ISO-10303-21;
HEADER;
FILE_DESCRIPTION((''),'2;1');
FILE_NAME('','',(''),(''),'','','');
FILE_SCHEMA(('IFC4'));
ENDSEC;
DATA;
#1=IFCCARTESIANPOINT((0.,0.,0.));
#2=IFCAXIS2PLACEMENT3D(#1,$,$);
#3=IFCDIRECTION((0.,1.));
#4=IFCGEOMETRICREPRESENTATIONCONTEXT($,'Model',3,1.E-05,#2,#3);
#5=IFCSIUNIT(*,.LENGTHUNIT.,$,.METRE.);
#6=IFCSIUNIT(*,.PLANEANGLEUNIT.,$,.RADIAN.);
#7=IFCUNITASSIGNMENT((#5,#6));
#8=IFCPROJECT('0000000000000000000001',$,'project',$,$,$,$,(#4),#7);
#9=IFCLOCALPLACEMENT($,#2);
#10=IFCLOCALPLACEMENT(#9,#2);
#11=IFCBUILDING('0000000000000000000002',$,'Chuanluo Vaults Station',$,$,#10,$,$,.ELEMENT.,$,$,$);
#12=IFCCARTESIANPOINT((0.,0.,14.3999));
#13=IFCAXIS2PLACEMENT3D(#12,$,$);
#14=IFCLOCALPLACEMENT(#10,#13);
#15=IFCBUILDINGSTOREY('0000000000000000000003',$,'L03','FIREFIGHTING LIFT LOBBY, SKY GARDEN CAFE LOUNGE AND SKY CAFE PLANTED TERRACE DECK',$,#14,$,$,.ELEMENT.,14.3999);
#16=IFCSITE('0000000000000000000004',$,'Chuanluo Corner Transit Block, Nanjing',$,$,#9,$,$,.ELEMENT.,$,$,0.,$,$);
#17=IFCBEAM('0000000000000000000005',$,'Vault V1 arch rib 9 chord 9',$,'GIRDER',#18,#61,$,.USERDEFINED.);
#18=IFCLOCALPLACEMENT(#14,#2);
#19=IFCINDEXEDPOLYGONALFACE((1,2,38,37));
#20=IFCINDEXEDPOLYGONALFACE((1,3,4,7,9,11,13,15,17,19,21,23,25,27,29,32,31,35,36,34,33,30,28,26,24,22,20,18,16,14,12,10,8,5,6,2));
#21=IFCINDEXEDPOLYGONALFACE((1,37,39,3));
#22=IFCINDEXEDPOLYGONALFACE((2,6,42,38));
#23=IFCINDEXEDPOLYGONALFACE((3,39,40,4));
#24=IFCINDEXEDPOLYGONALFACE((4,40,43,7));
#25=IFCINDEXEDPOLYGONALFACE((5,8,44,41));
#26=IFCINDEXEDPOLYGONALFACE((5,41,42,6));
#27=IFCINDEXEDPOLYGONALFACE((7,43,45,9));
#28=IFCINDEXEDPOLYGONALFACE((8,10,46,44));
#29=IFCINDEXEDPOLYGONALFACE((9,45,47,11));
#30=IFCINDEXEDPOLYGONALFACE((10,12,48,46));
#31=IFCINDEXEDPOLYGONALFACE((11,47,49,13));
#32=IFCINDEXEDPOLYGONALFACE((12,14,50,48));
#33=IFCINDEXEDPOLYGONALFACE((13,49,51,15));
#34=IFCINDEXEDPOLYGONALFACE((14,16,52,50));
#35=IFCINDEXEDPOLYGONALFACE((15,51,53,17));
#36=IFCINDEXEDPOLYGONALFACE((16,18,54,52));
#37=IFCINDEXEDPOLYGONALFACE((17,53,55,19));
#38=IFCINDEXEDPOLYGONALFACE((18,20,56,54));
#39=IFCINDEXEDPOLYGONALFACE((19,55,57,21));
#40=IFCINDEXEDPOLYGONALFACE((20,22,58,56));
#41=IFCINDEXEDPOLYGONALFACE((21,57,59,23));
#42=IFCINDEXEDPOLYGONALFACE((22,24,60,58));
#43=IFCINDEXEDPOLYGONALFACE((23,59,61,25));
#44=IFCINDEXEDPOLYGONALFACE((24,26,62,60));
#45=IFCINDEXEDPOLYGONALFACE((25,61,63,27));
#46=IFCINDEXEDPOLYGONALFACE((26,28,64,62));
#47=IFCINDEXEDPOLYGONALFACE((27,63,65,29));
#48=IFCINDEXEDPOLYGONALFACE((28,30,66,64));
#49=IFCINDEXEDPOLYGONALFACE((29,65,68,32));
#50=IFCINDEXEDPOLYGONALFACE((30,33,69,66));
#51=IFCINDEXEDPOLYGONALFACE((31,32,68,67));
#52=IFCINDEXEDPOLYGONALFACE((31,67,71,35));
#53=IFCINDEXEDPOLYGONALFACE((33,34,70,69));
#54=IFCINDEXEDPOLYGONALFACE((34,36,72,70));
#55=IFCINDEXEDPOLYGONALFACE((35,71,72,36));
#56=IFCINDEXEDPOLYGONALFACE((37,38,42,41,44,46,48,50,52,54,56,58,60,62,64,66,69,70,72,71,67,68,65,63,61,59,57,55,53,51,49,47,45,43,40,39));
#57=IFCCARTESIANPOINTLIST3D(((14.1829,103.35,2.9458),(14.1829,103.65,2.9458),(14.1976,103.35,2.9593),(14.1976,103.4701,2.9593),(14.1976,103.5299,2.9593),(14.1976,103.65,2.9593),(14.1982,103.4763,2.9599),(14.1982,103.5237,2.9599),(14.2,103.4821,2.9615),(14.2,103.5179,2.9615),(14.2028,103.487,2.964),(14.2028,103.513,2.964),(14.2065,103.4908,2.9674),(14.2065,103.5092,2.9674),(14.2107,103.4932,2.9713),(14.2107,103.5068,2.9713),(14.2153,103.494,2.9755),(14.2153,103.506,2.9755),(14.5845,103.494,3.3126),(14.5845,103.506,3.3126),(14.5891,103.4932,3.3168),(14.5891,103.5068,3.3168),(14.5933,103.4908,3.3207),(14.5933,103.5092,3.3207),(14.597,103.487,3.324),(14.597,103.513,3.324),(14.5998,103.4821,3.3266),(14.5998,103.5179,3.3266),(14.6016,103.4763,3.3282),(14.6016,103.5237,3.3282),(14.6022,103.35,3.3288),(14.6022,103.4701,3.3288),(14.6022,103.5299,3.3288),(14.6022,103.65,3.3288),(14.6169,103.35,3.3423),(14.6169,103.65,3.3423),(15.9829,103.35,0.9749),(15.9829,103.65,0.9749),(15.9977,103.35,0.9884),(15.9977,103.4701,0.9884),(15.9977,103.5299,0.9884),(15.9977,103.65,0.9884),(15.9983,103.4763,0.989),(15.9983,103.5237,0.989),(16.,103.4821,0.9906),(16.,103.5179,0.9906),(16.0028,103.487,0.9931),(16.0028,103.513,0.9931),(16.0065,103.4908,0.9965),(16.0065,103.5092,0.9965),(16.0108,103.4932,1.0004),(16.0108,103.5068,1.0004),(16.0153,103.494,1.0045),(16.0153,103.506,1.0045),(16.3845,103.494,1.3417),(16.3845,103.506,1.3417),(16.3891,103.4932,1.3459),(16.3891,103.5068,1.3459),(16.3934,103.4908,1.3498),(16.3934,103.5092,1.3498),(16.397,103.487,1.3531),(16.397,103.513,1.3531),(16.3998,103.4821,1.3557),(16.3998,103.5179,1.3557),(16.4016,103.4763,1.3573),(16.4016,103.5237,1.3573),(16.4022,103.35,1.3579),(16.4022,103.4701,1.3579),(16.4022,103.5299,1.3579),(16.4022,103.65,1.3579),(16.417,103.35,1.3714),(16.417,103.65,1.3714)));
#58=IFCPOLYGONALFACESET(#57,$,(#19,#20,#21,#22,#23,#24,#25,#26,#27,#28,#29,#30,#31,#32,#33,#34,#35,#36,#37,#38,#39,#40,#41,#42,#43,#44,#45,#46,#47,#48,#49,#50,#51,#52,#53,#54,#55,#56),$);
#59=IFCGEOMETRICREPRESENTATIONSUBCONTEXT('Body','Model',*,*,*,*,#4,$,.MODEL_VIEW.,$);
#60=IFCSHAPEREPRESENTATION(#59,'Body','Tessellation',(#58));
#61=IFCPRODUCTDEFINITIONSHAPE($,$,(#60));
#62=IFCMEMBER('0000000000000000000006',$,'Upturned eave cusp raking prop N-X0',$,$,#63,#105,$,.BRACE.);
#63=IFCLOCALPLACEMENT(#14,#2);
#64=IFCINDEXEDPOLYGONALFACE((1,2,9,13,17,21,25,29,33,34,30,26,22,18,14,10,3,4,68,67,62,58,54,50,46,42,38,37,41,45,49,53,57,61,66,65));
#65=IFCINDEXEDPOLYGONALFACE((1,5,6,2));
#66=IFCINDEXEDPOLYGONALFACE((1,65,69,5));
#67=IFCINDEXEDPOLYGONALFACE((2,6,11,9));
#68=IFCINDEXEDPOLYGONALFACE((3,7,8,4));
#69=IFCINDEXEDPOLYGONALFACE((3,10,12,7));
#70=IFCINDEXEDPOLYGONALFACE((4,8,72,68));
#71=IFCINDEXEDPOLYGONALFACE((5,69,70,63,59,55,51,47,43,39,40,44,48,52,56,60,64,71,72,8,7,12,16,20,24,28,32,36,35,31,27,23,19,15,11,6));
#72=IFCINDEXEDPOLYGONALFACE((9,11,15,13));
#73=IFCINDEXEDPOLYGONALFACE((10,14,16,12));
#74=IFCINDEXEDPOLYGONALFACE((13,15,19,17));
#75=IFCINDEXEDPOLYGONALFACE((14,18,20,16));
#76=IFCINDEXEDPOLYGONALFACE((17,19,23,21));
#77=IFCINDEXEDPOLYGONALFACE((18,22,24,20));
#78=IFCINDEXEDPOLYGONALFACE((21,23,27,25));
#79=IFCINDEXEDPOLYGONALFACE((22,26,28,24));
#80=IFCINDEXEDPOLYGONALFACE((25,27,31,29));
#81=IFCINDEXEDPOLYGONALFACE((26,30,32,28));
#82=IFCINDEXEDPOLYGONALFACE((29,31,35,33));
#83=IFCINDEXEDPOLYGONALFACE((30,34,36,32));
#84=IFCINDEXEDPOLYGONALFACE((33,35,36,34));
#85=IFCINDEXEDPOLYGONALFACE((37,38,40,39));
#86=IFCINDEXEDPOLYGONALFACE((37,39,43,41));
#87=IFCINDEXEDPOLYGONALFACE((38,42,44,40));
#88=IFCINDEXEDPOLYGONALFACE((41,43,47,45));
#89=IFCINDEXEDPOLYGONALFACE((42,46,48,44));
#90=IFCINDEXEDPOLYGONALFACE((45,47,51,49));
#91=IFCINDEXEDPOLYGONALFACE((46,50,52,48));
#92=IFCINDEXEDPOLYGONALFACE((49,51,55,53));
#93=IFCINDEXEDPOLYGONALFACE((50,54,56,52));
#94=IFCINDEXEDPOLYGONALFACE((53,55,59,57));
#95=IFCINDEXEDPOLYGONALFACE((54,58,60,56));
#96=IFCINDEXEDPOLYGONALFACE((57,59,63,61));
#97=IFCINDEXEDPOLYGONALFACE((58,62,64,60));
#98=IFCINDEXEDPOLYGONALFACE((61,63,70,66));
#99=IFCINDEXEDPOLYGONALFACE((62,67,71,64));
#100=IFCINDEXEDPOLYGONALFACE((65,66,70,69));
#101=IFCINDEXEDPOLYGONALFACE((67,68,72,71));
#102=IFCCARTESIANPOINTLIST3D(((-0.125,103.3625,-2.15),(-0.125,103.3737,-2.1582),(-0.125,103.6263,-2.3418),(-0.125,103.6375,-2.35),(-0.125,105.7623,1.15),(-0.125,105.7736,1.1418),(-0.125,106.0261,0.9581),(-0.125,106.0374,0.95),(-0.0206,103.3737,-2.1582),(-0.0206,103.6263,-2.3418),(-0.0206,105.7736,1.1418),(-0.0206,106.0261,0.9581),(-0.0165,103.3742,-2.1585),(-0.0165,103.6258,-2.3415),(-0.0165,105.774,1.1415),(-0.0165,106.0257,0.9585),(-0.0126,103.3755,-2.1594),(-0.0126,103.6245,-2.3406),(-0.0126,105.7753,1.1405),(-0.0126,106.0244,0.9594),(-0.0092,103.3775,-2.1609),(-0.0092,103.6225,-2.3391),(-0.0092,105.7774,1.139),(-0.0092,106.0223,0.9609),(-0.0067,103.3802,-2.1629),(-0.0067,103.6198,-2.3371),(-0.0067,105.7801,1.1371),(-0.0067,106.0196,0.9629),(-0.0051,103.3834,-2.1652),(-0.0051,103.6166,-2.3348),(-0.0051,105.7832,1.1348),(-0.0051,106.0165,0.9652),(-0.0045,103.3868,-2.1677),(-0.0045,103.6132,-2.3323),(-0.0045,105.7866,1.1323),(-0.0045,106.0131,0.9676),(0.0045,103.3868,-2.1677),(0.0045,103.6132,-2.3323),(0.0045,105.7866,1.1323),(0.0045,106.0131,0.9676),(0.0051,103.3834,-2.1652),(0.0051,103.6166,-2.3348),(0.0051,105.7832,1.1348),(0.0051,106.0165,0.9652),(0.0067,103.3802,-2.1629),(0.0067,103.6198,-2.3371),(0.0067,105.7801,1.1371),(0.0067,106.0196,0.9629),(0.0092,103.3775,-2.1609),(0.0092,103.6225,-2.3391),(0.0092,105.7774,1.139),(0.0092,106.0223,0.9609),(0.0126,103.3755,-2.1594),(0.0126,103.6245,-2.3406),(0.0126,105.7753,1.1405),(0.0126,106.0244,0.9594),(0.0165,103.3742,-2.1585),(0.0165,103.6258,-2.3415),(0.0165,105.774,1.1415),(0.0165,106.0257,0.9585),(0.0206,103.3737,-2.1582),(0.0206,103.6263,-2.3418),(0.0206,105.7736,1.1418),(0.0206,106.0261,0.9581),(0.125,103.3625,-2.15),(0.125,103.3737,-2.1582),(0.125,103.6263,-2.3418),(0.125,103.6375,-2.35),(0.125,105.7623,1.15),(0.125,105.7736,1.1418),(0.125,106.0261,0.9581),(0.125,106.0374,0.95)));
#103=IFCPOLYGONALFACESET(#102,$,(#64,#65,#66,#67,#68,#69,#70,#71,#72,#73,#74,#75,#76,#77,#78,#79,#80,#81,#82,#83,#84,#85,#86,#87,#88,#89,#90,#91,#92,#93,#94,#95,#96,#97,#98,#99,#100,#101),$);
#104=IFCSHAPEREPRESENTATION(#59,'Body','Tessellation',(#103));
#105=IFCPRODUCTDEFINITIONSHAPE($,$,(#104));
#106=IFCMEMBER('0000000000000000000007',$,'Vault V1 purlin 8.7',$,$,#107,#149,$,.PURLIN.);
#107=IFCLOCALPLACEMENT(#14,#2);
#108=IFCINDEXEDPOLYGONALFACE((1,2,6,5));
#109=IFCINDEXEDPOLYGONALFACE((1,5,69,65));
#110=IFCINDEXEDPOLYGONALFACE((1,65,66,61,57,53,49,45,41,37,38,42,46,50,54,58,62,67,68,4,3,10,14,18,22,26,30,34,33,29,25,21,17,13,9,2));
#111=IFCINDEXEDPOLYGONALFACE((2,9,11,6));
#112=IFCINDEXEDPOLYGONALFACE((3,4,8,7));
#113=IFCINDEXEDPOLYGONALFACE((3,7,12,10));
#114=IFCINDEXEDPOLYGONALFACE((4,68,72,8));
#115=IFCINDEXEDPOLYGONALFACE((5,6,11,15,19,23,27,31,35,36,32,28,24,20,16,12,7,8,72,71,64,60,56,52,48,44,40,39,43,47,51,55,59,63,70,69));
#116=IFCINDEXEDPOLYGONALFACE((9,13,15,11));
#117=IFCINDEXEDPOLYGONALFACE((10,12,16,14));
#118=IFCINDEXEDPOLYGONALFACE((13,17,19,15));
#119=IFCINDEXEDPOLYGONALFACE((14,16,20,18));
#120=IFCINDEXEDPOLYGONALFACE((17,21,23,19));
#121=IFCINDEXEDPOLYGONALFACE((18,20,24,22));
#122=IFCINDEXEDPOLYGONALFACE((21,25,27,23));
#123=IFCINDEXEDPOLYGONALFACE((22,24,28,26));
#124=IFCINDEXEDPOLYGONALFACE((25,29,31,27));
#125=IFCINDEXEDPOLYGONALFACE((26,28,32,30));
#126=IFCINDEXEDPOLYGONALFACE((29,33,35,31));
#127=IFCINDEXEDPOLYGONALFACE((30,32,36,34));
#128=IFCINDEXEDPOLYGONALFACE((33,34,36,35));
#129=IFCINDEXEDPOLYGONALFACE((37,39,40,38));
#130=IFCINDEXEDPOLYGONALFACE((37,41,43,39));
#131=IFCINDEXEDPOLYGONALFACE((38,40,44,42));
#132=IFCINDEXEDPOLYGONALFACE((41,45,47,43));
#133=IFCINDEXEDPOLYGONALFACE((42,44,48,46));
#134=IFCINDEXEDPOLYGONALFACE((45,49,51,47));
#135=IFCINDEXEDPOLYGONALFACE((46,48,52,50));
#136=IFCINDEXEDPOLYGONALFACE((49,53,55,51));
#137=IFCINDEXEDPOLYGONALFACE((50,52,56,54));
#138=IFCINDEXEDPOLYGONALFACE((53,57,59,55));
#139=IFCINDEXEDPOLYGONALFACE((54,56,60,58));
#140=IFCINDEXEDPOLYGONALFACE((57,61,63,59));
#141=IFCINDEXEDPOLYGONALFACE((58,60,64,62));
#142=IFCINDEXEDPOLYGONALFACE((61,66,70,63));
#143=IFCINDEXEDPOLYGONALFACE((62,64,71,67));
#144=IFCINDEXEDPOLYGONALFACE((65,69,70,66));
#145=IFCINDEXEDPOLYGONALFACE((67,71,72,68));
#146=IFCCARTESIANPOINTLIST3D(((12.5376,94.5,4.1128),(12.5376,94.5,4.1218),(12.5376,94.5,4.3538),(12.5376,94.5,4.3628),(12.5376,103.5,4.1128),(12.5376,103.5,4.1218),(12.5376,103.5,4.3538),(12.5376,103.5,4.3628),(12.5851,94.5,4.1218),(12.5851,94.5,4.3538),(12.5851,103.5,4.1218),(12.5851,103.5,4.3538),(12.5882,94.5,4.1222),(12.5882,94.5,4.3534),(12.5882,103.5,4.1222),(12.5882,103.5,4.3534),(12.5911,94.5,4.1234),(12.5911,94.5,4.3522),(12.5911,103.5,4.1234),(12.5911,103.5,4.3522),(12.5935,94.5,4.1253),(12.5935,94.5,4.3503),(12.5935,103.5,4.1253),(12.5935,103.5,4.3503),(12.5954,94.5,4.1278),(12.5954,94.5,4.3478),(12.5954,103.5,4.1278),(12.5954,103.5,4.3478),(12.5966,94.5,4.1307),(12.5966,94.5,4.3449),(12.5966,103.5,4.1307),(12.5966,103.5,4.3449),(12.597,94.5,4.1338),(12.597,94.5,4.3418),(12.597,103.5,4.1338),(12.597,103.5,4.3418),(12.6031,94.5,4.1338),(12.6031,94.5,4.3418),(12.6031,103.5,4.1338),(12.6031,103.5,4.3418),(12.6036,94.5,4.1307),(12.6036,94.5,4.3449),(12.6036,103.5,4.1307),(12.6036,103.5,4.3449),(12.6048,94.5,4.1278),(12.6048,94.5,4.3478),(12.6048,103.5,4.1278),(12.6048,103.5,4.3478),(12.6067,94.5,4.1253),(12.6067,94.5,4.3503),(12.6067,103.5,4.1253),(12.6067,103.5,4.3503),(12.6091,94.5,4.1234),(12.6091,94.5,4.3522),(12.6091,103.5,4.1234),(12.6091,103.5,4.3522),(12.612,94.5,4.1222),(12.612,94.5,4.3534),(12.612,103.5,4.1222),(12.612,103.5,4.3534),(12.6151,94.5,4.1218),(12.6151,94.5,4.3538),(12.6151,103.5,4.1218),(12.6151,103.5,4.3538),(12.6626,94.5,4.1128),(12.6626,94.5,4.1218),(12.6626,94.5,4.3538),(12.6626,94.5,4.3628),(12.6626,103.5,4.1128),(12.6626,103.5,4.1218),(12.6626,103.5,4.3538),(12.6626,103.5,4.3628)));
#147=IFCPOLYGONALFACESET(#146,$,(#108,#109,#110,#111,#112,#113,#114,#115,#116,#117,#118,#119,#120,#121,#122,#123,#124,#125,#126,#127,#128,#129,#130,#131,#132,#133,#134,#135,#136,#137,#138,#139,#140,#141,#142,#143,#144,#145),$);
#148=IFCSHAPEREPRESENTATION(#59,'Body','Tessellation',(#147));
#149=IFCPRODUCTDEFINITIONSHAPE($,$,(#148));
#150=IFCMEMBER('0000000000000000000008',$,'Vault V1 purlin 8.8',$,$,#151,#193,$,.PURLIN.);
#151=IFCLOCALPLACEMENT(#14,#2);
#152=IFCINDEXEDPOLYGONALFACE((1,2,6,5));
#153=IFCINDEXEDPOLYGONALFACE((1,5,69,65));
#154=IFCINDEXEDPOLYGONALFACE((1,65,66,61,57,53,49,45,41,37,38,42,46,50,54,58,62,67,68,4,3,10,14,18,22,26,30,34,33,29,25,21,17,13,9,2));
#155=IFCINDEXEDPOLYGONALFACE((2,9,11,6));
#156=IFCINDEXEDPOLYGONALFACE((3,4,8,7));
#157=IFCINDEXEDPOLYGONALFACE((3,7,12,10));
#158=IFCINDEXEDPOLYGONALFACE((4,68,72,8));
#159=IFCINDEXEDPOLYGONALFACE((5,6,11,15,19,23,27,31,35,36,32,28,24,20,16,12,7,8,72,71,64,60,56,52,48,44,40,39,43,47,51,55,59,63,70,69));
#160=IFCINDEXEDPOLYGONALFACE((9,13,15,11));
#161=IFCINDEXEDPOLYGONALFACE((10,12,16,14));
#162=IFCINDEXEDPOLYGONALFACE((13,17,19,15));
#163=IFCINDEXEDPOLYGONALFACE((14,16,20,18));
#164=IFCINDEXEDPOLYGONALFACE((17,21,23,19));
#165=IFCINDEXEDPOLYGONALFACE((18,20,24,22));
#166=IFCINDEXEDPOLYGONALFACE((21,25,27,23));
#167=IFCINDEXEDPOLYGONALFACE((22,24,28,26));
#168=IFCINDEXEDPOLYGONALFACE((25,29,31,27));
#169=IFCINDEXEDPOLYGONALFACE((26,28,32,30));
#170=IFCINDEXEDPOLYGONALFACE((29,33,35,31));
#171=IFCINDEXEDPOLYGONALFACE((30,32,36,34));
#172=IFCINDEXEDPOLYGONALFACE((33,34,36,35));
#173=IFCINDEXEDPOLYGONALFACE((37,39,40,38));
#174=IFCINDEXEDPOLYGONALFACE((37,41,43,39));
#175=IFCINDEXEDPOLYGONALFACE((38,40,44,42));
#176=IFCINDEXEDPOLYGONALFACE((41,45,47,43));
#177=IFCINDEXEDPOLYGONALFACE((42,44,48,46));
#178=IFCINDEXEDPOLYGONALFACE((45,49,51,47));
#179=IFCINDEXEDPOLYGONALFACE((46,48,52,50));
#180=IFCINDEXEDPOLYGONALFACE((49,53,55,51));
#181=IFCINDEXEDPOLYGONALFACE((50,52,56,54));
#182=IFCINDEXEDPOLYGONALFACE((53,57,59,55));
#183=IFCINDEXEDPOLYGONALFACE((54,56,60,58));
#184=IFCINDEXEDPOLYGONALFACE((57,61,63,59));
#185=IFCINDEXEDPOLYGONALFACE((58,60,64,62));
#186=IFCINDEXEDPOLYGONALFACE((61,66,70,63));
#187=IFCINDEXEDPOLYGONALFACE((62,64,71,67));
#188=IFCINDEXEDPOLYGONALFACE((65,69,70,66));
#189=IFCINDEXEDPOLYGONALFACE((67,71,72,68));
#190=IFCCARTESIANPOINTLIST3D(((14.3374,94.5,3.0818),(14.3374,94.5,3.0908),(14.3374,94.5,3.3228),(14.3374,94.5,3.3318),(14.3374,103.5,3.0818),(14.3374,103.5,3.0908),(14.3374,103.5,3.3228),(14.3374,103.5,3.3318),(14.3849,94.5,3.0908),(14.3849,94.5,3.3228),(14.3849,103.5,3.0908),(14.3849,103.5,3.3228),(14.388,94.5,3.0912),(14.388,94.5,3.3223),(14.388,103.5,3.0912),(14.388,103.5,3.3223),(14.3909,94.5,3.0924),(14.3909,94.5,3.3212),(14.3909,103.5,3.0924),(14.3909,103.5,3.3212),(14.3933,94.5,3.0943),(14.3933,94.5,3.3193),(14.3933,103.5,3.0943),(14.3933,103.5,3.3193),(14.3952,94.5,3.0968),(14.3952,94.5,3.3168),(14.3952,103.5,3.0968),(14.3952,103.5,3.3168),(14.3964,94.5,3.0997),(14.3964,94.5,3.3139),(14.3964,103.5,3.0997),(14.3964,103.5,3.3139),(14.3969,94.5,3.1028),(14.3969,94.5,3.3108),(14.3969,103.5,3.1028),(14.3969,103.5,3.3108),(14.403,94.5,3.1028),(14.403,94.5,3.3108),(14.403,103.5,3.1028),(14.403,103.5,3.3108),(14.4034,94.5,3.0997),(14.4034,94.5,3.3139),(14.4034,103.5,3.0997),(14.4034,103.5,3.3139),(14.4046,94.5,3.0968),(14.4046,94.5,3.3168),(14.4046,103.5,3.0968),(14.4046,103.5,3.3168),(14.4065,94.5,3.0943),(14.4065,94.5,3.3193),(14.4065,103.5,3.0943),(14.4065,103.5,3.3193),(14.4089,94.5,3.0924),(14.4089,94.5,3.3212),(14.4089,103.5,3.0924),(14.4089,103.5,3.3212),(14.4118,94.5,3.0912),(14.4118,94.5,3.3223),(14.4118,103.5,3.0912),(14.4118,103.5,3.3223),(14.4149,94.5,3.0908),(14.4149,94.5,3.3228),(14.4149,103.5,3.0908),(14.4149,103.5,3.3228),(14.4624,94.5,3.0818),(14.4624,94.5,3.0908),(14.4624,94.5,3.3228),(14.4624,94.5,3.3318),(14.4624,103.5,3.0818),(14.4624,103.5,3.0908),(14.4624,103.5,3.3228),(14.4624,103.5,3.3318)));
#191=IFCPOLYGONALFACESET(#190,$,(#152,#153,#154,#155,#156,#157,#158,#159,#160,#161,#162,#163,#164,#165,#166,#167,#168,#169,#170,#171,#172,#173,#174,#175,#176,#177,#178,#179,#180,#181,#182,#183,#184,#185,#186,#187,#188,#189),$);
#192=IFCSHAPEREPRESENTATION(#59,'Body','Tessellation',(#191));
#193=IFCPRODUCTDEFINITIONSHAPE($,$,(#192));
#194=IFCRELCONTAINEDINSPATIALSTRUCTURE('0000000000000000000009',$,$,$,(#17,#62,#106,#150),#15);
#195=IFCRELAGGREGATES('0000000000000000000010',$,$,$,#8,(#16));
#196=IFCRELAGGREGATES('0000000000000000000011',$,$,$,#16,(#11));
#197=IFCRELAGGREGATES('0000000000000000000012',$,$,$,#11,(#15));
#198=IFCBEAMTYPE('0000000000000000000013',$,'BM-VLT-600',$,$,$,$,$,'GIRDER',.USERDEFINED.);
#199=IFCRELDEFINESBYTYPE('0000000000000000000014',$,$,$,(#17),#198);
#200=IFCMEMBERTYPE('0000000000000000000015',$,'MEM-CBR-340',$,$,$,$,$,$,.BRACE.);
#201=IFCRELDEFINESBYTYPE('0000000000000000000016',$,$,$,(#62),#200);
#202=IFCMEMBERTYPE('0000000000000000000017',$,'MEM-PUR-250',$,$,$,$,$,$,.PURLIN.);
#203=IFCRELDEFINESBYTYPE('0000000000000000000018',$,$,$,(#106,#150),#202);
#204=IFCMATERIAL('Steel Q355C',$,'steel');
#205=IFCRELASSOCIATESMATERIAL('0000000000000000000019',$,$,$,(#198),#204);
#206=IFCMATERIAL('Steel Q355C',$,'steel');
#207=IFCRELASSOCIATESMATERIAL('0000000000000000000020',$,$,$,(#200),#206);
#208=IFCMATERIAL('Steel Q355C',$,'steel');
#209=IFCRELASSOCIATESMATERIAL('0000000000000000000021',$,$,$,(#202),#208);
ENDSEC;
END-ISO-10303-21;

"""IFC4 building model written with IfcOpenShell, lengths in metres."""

from ifc_helpers import new_model, si_unit, direction, frame, origin, origin_2d, place, context, subcontext, project, spatial, i_section, extrude, material, material_profile, profile_set, type_object, element, save


model = new_model("IFC4")

# Units and contexts
model_context = context("Model", 3, precision=1e-05, world=origin(), true_north=direction((0.0, 1.0)))
body_context = subcontext(model_context, "Body", "Model", "MODEL_VIEW")
ifc_project = project(units=[si_unit("LENGTHUNIT", "METRE"), si_unit("PLANEANGLEUNIT", "RADIAN")], contexts=[model_context])

# Site, building, storey
site_placement = place(None, origin())
site = spatial("IfcSite", under=ifc_project, at=site_placement, Name="Chuanluo Corner Transit Block, Nanjing", CompositionType="ELEMENT", RefElevation=0.0)
building_placement = place(site_placement, origin())
building = spatial("IfcBuilding", under=site, at=building_placement, Name="Chuanluo Vaults Station", CompositionType="ELEMENT")
storey_placement = place(building_placement, frame((0.0, 0.0, 14.3999)))
storey = spatial("IfcBuildingStorey", under=building, at=storey_placement, Name="L03", Description="FIREFIGHTING LIFT LOBBY, SKY GARDEN CAFE LOUNGE AND SKY CAFE PLANTED TERRACE DECK", CompositionType="ELEMENT", Elevation=14.3999)

# Beam
ifc_material_1 = material(Name="Steel Q355C", Category="steel")
ifc_material_profile_1 = material_profile(ifc_material_1, i_section(OverallWidth=0.3, OverallDepth=0.5879, WebThickness=0.012, FlangeThickness=0.02, FilletRadius=0.0239, at=origin_2d()))
ifc_profile_set_1 = profile_set([ifc_material_profile_1], Name="Steel Q355C")
beam_type_1 = type_object("IfcBeamType", Name="BM-VLT-600", ElementType="GIRDER", PredefinedType="USERDEFINED", material=ifc_profile_set_1)
beam_1_placement = place(storey_placement, frame((14.3999, 103.5, 3.144), z_axis=(0.674369, 0.0, -0.738394), x_axis=(0.0, 1.0, 0.0)))
element("IfcBeam", 1, at=beam_1_placement, inside=storey, type_object=beam_type_1, Name="Vault V1 arch rib 9 chord 9", ObjectType="GIRDER", PredefinedType="USERDEFINED", context=body_context, shape_type="SweptSolid", body=[
    extrude(i_section(OverallWidth=0.3, OverallDepth=0.5879, WebThickness=0.012, FlangeThickness=0.02, FilletRadius=0.0239, at=origin_2d()), origin(), (0.0, 0.0, 1.0), 2.6692),
])

# Members
ifc_material_2 = material(Name="Steel Q355C", Category="steel")
ifc_material_profile_2 = material_profile(ifc_material_2, i_section(OverallWidth=0.25, OverallDepth=0.3401, WebThickness=0.009, FlangeThickness=0.0139, FilletRadius=0.0161, at=origin_2d()))
ifc_profile_set_2 = profile_set([ifc_material_profile_2], Name="Steel Q355C")
member_type_1 = type_object("IfcMemberType", Name="MEM-CBR-340", PredefinedType="BRACE", material=ifc_profile_set_2)
member_1_placement = place(storey_placement, frame((0.0, 103.5, -2.25), z_axis=(0.0, 0.58815, 0.808752), x_axis=(-1.0, 0.0, 0.0)))
element("IfcMember", 2, at=member_1_placement, inside=storey, type_object=member_type_1, Name="Upturned eave cusp raking prop N-X0", PredefinedType="BRACE", context=body_context, shape_type="SweptSolid", body=[
    extrude(i_section(OverallWidth=0.25, OverallDepth=0.3401, WebThickness=0.009, FlangeThickness=0.0139, FilletRadius=0.0161, at=origin_2d()), origin(), (0.0, 0.0, 1.0), 4.0803),
])
ifc_material_3 = material(Name="Steel Q355C", Category="steel")
ifc_material_profile_3 = material_profile(ifc_material_3, i_section(OverallWidth=0.125, OverallDepth=0.25, WebThickness=0.0061, FlangeThickness=0.009, FilletRadius=0.012, at=origin_2d()))
ifc_profile_set_3 = profile_set([ifc_material_profile_3], Name="Steel Q355C")
member_type_2 = type_object("IfcMemberType", Name="MEM-PUR-250", PredefinedType="PURLIN", material=ifc_profile_set_3)
for number, where, z_axis, x_axis, name in (
    (3, (12.6001, 94.5, 4.2378), (0.0, 1.0, 0.0), (-1.0, 0.0, 0.0), "Vault V1 purlin 8.7"),
    (4, (14.3999, 94.5, 3.2068), (0.0, 1.0, 0.0), (-1.0, 0.0, 0.0), "Vault V1 purlin 8.8"),
):
    element("IfcMember", number, at=place(storey_placement, frame(where, z_axis=z_axis, x_axis=x_axis)), inside=storey, type_object=member_type_2, Name=name, PredefinedType="PURLIN", context=body_context, shape_type="SweptSolid", body=[
        extrude(i_section(OverallWidth=0.125, OverallDepth=0.25, WebThickness=0.0061, FlangeThickness=0.009, FilletRadius=0.012, at=origin_2d()), origin(), (0.0, 0.0, 1.0), 9.0),
    ])

save(model, "model.ifc")
